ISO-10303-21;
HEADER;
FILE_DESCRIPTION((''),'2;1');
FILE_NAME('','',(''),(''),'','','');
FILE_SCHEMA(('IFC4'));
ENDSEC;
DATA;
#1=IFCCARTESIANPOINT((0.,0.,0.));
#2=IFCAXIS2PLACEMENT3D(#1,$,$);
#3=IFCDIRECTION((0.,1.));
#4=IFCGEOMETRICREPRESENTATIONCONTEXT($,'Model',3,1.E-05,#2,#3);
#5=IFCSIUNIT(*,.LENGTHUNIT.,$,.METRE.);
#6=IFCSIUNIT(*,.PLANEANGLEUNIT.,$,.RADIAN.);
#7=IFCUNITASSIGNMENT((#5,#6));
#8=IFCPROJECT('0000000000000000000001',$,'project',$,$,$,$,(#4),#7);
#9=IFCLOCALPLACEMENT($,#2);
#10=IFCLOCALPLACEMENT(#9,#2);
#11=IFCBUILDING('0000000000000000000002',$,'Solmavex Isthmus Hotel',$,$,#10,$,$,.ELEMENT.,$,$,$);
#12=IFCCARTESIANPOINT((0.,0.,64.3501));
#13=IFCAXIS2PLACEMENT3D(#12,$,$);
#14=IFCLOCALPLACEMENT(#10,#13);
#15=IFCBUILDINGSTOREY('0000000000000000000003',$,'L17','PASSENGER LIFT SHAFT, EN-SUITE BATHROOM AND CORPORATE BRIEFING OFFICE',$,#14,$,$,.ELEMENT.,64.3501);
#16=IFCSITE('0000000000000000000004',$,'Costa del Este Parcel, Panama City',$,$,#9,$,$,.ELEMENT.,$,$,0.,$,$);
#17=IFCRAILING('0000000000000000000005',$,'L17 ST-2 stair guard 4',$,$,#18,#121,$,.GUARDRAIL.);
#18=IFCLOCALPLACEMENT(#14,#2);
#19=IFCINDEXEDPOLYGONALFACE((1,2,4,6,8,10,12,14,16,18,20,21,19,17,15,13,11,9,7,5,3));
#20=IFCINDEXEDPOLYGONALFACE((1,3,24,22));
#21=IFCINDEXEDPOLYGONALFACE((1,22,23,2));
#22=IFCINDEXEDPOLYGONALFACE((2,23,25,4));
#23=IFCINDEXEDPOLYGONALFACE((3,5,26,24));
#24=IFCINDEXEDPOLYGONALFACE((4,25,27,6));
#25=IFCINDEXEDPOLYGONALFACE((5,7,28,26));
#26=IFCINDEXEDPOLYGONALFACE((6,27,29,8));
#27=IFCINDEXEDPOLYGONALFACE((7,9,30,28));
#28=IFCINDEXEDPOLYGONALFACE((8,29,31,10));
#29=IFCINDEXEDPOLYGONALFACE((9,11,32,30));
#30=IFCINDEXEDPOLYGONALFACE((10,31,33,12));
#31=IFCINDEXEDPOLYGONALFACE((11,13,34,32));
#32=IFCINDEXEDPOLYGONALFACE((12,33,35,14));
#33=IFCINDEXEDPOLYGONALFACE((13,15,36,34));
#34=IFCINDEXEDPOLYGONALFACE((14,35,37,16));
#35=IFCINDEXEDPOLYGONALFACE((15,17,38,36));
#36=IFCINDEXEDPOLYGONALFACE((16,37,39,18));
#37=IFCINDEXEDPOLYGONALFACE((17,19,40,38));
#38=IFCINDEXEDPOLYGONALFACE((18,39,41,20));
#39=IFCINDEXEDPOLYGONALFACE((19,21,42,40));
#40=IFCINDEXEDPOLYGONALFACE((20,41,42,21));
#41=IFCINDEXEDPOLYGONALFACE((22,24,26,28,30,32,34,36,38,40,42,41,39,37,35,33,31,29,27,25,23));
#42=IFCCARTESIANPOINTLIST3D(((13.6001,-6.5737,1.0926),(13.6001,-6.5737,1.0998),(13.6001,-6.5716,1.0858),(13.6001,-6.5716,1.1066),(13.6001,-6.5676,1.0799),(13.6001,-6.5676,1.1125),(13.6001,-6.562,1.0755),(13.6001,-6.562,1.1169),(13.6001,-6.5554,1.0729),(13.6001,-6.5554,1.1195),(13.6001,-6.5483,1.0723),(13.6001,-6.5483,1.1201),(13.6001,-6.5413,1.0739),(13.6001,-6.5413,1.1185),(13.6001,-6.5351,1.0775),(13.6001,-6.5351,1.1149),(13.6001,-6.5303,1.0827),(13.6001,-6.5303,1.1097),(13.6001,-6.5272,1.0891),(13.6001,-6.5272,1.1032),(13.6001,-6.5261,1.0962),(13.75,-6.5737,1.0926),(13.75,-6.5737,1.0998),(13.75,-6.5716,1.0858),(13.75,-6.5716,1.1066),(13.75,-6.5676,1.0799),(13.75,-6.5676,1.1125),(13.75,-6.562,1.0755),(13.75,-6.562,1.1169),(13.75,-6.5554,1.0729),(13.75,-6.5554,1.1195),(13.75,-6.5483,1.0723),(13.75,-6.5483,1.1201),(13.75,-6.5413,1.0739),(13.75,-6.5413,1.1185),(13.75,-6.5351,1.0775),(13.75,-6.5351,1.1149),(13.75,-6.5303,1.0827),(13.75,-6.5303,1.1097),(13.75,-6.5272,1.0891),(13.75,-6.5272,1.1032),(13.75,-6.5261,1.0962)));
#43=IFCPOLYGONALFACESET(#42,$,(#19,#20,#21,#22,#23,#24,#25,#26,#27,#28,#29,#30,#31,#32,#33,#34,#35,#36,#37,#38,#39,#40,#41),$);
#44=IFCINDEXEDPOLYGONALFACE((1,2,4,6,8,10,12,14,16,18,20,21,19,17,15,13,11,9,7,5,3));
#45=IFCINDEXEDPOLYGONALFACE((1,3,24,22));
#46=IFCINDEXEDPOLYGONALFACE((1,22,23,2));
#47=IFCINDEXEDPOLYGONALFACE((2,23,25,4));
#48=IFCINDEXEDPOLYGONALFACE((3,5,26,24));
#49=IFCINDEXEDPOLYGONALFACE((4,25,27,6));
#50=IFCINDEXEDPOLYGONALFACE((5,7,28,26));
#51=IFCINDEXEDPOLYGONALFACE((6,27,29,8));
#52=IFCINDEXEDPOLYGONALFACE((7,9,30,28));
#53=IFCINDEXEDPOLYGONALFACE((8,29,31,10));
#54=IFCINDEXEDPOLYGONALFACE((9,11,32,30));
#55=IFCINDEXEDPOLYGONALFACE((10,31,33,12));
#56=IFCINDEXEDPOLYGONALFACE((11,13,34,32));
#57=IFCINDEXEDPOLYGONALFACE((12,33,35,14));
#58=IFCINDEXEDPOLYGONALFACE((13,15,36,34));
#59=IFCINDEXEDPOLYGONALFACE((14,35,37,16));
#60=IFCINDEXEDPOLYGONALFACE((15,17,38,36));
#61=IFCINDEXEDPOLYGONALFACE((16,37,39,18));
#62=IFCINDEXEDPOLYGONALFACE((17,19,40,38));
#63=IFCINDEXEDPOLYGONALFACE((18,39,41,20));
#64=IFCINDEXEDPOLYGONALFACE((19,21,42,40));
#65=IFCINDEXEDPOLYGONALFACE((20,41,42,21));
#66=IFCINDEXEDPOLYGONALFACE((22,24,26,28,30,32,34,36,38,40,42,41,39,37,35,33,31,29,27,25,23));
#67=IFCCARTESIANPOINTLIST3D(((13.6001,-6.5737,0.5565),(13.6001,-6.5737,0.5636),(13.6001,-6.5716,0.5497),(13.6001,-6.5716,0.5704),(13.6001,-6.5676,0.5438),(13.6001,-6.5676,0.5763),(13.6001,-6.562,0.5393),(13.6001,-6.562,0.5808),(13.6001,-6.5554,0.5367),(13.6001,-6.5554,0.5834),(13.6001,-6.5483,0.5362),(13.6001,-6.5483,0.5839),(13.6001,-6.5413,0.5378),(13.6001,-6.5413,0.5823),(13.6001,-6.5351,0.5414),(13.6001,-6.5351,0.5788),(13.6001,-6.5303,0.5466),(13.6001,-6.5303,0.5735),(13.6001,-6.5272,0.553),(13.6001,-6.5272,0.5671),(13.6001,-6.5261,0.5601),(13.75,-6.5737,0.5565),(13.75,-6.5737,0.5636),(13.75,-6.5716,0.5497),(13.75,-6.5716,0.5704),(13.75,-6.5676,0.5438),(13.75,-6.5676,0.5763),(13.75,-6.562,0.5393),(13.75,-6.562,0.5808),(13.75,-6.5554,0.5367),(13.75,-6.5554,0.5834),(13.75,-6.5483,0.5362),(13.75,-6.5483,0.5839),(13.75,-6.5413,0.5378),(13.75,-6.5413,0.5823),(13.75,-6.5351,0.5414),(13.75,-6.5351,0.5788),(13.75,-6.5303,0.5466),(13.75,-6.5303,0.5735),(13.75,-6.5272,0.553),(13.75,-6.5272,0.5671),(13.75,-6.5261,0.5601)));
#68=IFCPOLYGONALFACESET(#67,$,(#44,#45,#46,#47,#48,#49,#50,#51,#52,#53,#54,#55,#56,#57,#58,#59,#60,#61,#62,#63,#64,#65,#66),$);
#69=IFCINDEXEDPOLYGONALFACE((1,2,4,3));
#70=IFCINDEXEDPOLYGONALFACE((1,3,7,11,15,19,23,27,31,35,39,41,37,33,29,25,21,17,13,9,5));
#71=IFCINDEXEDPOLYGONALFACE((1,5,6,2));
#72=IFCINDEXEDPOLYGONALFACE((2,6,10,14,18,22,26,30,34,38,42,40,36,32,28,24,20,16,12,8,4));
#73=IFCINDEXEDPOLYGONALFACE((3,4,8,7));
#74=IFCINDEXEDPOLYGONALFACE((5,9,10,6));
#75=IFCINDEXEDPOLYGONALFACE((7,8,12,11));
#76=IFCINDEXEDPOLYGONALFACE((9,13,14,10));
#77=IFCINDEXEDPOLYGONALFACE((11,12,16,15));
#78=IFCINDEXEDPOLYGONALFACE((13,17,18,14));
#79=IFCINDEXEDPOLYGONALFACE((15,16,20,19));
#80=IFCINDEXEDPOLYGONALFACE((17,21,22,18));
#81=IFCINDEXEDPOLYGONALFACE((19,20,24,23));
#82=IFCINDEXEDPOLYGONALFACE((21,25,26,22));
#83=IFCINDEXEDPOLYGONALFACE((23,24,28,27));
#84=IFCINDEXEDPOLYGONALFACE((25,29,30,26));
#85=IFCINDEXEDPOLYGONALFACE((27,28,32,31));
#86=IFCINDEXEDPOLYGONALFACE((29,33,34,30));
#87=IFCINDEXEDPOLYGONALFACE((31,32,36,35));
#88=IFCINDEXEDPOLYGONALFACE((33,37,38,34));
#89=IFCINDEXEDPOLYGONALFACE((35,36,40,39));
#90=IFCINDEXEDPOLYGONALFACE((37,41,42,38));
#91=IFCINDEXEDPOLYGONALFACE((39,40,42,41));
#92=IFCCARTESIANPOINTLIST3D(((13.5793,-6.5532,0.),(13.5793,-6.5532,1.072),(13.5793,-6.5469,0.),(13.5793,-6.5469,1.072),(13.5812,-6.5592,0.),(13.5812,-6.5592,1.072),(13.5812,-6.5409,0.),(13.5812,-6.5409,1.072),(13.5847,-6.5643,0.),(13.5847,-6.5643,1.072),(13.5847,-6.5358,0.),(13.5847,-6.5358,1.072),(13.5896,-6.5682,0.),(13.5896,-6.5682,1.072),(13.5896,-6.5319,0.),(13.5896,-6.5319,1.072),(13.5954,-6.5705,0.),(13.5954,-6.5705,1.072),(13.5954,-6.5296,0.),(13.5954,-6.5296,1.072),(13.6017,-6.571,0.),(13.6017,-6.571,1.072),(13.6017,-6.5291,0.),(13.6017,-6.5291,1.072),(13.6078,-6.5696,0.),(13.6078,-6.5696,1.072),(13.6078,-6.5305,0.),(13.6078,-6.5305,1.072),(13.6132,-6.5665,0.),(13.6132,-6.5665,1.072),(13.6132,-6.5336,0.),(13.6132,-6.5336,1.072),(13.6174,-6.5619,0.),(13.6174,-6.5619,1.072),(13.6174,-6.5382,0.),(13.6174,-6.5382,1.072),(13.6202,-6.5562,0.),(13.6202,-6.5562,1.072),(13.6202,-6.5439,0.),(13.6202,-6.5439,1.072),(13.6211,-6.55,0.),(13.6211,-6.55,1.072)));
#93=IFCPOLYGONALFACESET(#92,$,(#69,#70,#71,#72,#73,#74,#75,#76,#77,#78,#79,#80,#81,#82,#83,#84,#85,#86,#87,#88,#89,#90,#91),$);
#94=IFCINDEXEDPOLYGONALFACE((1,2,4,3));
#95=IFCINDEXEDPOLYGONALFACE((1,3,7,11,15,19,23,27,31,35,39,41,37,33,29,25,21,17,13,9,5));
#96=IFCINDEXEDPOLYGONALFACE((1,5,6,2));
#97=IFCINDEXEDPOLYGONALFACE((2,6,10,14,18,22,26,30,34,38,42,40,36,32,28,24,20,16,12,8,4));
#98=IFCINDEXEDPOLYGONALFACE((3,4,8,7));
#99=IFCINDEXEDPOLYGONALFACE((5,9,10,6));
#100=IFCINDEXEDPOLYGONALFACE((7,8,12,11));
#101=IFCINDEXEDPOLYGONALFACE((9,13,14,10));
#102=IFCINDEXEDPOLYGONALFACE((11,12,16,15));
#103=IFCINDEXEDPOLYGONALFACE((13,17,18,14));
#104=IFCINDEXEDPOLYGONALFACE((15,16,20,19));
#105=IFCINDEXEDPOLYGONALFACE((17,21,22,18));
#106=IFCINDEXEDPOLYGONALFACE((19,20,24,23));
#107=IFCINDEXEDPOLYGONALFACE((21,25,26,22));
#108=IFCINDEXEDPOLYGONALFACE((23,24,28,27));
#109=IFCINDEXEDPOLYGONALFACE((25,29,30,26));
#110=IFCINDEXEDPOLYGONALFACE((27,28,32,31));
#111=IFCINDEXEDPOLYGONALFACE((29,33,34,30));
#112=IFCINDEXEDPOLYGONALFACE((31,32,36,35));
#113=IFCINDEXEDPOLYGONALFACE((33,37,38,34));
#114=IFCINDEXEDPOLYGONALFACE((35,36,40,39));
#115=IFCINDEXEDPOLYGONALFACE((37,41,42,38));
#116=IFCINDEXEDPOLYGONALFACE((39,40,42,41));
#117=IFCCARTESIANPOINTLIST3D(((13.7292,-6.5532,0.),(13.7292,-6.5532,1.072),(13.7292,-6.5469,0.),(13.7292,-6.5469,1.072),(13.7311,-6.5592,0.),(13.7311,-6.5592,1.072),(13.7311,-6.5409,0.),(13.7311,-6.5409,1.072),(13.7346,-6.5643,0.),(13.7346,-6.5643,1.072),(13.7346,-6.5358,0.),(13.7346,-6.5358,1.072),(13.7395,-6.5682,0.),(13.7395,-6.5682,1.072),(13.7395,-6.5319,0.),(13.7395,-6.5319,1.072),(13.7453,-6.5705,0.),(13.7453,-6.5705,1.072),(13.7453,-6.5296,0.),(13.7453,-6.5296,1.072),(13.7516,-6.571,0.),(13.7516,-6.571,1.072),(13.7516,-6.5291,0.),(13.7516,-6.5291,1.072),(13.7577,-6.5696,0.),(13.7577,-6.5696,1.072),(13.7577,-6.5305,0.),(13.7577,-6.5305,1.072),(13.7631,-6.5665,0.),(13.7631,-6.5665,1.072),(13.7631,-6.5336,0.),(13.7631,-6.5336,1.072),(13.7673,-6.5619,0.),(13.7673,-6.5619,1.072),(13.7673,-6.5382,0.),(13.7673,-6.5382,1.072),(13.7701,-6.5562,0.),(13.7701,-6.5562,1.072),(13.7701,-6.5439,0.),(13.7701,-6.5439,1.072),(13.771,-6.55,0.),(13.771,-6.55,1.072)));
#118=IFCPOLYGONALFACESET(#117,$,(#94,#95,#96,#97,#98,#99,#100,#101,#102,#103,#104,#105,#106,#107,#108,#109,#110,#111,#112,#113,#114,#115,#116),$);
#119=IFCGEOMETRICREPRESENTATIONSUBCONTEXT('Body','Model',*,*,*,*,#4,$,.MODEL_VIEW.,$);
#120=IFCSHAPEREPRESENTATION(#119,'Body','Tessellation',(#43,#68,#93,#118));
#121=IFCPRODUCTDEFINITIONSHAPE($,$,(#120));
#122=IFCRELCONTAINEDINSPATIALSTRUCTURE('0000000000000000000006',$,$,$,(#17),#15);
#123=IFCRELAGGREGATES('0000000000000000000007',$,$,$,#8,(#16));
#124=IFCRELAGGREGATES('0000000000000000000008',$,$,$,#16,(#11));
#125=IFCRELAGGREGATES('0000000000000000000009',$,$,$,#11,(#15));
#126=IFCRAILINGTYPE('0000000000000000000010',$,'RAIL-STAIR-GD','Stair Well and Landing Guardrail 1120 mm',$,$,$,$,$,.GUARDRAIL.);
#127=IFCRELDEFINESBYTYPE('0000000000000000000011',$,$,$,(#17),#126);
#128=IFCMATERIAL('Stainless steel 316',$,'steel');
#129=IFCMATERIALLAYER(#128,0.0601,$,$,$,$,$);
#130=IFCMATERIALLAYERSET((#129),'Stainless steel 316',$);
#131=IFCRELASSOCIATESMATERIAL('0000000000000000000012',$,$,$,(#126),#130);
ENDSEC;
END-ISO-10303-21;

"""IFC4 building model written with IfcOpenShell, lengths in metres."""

from ifc_helpers import new_model, si_unit, direction, frame, origin, origin_2d, place, context, subcontext, project, spatial, circle, extrude, material, layer, layer_set, type_object, element, save


model = new_model("IFC4")

# Units and contexts
model_context = context("Model", 3, precision=1e-05, world=origin(), true_north=direction((0.0, 1.0)))
body_context = subcontext(model_context, "Body", "Model", "MODEL_VIEW")
ifc_project = project(units=[si_unit("LENGTHUNIT", "METRE"), si_unit("PLANEANGLEUNIT", "RADIAN")], contexts=[model_context])

# Site, building, storey
site_placement = place(None, origin())
site = spatial("IfcSite", under=ifc_project, at=site_placement, Name="Costa del Este Parcel, Panama City", CompositionType="ELEMENT", RefElevation=0.0)
building_placement = place(site_placement, origin())
building = spatial("IfcBuilding", under=site, at=building_placement, Name="Solmavex Isthmus Hotel", CompositionType="ELEMENT")
storey_placement = place(building_placement, frame((0.0, 0.0, 64.3501)))
storey = spatial("IfcBuildingStorey", under=building, at=storey_placement, Name="L17", Description="PASSENGER LIFT SHAFT, EN-SUITE BATHROOM AND CORPORATE BRIEFING OFFICE", CompositionType="ELEMENT", Elevation=64.3501)

# Railing
ifc_material_1 = material(Name="Stainless steel 316", Category="steel")
ifc_layer_1 = layer(ifc_material_1, 0.0601)
ifc_layer_set_1 = layer_set([ifc_layer_1], Name="Stainless steel 316")
railing_type_1 = type_object("IfcRailingType", Name="RAIL-STAIR-GD", Description="Stair Well and Landing Guardrail 1120 mm", PredefinedType="GUARDRAIL", material=ifc_layer_set_1)
railing_1_placement = place(storey_placement, frame((13.6001, -6.55, 0.0)))
element("IfcRailing", 1, at=railing_1_placement, inside=storey, type_object=railing_type_1, Name="L17 ST-2 stair guard 4", PredefinedType="GUARDRAIL", context=body_context, shape_type="SweptSolid", body=[
    extrude(circle(Radius=0.0239, at=origin_2d()), frame((0.0, 0.0, 1.0962), z_axis=(1.0, 0.0, 0.0), x_axis=(0.0, 1.0, 0.0)), (0.0, 0.0, 1.0), 0.1499),
    extrude(circle(Radius=0.0239, at=origin_2d()), frame((0.0, 0.0, 0.5601), z_axis=(1.0, 0.0, 0.0), x_axis=(0.0, 1.0, 0.0)), (0.0, 0.0, 1.0), 0.1499),
    extrude(circle(Radius=0.021, at=origin_2d()), origin(), (0.0, 0.0, 1.0), 1.072),
    extrude(circle(Radius=0.021, at=origin_2d()), frame((0.1499, 0.0, 0.0)), (0.0, 0.0, 1.0), 1.072),
])

save(model, "model.ifc")
